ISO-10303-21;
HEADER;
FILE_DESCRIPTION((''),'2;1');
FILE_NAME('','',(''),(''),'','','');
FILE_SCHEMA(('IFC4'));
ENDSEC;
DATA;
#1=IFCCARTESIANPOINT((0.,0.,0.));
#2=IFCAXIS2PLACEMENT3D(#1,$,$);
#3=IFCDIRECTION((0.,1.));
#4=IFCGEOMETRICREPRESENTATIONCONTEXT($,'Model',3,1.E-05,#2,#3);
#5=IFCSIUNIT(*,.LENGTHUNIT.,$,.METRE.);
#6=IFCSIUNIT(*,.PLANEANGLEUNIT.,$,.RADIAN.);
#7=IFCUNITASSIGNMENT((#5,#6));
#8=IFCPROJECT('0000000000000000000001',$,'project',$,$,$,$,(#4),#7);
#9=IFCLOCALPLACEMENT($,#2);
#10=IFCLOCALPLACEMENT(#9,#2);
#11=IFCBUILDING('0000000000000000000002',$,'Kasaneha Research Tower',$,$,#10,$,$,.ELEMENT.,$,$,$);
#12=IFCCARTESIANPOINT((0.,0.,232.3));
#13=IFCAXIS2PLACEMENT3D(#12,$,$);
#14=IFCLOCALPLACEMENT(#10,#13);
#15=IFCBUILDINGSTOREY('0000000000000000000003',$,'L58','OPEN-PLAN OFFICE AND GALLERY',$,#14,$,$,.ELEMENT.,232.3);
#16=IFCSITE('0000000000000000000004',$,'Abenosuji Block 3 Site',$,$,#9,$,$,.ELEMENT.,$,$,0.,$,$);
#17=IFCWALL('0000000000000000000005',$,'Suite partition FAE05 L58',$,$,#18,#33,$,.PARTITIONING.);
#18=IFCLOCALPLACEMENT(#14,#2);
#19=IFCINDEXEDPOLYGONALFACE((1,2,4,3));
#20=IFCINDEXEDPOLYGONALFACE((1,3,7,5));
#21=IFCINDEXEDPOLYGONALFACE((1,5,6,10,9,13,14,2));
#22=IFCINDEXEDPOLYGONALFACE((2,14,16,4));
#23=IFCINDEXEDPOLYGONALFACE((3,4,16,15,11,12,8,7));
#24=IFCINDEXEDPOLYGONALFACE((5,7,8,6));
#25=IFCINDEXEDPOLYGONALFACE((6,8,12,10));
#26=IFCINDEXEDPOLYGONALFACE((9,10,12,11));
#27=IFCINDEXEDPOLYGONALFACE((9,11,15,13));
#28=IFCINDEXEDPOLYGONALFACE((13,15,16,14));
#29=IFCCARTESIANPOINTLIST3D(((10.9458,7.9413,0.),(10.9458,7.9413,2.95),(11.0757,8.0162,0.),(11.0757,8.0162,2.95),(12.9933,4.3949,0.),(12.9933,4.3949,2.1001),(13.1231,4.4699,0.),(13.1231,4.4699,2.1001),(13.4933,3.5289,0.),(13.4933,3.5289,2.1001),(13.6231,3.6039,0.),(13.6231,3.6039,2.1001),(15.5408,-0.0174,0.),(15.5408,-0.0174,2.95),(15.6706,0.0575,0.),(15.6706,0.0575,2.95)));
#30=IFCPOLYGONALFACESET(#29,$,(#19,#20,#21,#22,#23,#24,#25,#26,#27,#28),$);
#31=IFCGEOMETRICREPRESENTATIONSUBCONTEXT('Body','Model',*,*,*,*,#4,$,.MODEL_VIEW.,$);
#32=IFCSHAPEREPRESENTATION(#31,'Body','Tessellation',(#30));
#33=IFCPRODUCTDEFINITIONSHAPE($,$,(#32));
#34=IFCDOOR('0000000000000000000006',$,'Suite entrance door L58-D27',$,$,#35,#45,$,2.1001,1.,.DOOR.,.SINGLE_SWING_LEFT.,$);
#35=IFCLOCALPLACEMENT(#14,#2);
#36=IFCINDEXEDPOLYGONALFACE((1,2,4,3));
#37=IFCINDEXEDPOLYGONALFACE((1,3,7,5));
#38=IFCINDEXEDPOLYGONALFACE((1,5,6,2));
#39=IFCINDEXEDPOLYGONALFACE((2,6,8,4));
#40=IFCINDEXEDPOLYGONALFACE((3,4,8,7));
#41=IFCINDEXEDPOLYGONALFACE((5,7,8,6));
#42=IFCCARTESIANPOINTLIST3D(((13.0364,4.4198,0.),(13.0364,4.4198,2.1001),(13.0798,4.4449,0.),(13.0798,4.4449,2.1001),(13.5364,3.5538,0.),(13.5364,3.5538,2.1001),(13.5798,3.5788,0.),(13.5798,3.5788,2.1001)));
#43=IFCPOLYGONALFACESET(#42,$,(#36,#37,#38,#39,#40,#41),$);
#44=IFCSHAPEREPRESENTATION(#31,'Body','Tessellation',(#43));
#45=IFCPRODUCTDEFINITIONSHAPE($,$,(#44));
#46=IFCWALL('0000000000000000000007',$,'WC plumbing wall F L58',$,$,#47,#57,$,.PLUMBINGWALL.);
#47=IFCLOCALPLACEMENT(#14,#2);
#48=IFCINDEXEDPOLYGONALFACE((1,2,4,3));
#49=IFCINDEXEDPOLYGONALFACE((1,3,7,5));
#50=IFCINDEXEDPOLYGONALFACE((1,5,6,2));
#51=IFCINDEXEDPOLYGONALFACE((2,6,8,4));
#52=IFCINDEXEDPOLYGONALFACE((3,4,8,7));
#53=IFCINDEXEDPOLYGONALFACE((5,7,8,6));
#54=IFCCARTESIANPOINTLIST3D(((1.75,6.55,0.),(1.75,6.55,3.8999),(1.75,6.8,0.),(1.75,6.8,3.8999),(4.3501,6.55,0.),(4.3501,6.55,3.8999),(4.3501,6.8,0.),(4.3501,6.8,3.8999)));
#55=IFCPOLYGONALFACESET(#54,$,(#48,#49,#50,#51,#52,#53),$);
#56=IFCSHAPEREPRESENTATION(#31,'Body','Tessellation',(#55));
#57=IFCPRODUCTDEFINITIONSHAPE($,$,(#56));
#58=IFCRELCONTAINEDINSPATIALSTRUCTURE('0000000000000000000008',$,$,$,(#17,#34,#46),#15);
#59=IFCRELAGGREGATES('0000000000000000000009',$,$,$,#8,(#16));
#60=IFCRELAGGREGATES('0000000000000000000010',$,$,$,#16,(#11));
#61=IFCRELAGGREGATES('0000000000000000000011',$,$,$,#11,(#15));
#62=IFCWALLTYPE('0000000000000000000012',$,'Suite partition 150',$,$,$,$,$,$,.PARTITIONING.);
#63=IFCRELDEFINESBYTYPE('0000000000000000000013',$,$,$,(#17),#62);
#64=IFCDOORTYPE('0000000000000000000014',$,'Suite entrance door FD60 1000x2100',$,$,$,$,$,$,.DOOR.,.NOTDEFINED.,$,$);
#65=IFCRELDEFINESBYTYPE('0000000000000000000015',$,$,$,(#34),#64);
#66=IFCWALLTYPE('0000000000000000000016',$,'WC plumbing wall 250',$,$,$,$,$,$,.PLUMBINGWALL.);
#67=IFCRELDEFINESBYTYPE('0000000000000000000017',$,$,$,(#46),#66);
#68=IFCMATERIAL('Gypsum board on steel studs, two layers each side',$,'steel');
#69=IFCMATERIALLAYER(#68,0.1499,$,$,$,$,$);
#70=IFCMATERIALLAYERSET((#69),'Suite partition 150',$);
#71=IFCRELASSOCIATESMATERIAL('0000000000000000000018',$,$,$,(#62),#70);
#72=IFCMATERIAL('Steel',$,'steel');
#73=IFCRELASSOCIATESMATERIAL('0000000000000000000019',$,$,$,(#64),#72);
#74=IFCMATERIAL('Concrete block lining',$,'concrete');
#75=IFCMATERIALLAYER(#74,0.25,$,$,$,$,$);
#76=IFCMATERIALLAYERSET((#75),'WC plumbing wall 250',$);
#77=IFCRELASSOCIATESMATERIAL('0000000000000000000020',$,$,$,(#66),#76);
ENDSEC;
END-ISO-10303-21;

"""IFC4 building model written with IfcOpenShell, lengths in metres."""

from ifc_helpers import new_model, si_unit, direction, frame, frame_2d, origin, place, context, subcontext, project, spatial, rectangle, extrude, material, layer, layer_set, type_object, element, fill, save


model = new_model("IFC4")

# Units and contexts
model_context = context("Model", 3, precision=1e-05, world=origin(), true_north=direction((0.0, 1.0)))
body_context = subcontext(model_context, "Body", "Model", "MODEL_VIEW")
ifc_project = project(units=[si_unit("LENGTHUNIT", "METRE"), si_unit("PLANEANGLEUNIT", "RADIAN")], contexts=[model_context])

# Site, building, storey
site_placement = place(None, origin())
site = spatial("IfcSite", under=ifc_project, at=site_placement, Name="Abenosuji Block 3 Site", CompositionType="ELEMENT", RefElevation=0.0)
building_placement = place(site_placement, origin())
building = spatial("IfcBuilding", under=site, at=building_placement, Name="Kasaneha Research Tower", CompositionType="ELEMENT")
storey_placement = place(building_placement, frame((0.0, 0.0, 232.3)))
storey = spatial("IfcBuildingStorey", under=building, at=storey_placement, Name="L58", Description="OPEN-PLAN OFFICE AND GALLERY", CompositionType="ELEMENT", Elevation=232.3)

# Shared definitions
ifc_material_1 = material(Name="Gypsum board on steel studs, two layers each side", Category="steel")
ifc_layer_1 = layer(ifc_material_1, 0.1499)
ifc_layer_set_1 = layer_set([ifc_layer_1], Name="Suite partition 150")
wall_type_1 = type_object("IfcWallType", Name="Suite partition 150", PredefinedType="PARTITIONING", material=ifc_layer_set_1)

# Wall, opening, door
wall_1_placement = place(storey_placement, frame((11.0107, 7.9788, 0.0), z_axis=(0.0, 0.0, 1.0), x_axis=(0.499999, -0.866026, 0.0)))
wall_1 = element("IfcWall", 1, at=wall_1_placement, inside=storey, type_object=wall_type_1, Name="Suite partition FAE05 L58", PredefinedType="PARTITIONING", context=body_context, shape_type="SweptSolid", body=[
    extrude(rectangle(XDim=9.1899, YDim=0.1499, at=frame_2d((4.595, 0.0))), origin(), (0.0, 0.0, 1.0), 2.95),
])
opening_1_placement = place(wall_1_placement, frame((4.095, 0.0, 0.0)))
opening_1 = element("IfcOpeningElement", 2, at=opening_1_placement, cuts=wall_1, PredefinedType="OPENING", context=body_context, shape_type="SweptSolid", body=[
    extrude(rectangle(XDim=1.0, YDim=2.1001, at=frame_2d((0.5, 1.05))), frame((0.0, 0.085, 0.0), z_axis=(0.0, -1.0, 0.0), x_axis=(1.0, 0.0, 0.0)), (0.0, 0.0, 1.0), 0.1699),
])
ifc_material_2 = material(Name="Steel", Category="steel")
door_type_1 = type_object("IfcDoorType", Name="Suite entrance door FD60 1000x2100", OperationType="NOTDEFINED", PredefinedType="DOOR", material=ifc_material_2)
door_1_placement = place(opening_1_placement, origin())
door_1 = element("IfcDoor", 3, at=door_1_placement, inside=storey, type_object=door_type_1, Name="Suite entrance door L58-D27", OperationType="SINGLE_SWING_LEFT", OverallHeight=2.1001, OverallWidth=1.0, PredefinedType="DOOR", context=body_context, shape_type="SweptSolid", body=[
    extrude(rectangle(XDim=1.0, YDim=2.1001, at=frame_2d((0.5, 1.05))), frame((0.0, 0.0249, 0.0), z_axis=(0.0, -1.0, 0.0), x_axis=(1.0, 0.0, 0.0)), (0.0, 0.0, 1.0), 0.05),
])
fill(opening_1, door_1)

# Wall
ifc_material_3 = material(Name="Concrete block lining", Category="concrete")
ifc_layer_2 = layer(ifc_material_3, 0.25)
ifc_layer_set_2 = layer_set([ifc_layer_2], Name="WC plumbing wall 250")
wall_type_2 = type_object("IfcWallType", Name="WC plumbing wall 250", PredefinedType="PLUMBINGWALL", material=ifc_layer_set_2)
wall_2_placement = place(storey_placement, frame((1.75, 6.675, 0.0), z_axis=(0.0, 0.0, 1.0), x_axis=(1.0, 0.0, 0.0)))
element("IfcWall", 4, at=wall_2_placement, inside=storey, type_object=wall_type_2, Name="WC plumbing wall F L58", PredefinedType="PLUMBINGWALL", context=body_context, shape_type="SweptSolid", body=[
    extrude(rectangle(XDim=2.6001, YDim=0.25, at=frame_2d((1.3, 0.0))), origin(), (0.0, 0.0, 1.0), 3.8999),
])

save(model, "model.ifc")
